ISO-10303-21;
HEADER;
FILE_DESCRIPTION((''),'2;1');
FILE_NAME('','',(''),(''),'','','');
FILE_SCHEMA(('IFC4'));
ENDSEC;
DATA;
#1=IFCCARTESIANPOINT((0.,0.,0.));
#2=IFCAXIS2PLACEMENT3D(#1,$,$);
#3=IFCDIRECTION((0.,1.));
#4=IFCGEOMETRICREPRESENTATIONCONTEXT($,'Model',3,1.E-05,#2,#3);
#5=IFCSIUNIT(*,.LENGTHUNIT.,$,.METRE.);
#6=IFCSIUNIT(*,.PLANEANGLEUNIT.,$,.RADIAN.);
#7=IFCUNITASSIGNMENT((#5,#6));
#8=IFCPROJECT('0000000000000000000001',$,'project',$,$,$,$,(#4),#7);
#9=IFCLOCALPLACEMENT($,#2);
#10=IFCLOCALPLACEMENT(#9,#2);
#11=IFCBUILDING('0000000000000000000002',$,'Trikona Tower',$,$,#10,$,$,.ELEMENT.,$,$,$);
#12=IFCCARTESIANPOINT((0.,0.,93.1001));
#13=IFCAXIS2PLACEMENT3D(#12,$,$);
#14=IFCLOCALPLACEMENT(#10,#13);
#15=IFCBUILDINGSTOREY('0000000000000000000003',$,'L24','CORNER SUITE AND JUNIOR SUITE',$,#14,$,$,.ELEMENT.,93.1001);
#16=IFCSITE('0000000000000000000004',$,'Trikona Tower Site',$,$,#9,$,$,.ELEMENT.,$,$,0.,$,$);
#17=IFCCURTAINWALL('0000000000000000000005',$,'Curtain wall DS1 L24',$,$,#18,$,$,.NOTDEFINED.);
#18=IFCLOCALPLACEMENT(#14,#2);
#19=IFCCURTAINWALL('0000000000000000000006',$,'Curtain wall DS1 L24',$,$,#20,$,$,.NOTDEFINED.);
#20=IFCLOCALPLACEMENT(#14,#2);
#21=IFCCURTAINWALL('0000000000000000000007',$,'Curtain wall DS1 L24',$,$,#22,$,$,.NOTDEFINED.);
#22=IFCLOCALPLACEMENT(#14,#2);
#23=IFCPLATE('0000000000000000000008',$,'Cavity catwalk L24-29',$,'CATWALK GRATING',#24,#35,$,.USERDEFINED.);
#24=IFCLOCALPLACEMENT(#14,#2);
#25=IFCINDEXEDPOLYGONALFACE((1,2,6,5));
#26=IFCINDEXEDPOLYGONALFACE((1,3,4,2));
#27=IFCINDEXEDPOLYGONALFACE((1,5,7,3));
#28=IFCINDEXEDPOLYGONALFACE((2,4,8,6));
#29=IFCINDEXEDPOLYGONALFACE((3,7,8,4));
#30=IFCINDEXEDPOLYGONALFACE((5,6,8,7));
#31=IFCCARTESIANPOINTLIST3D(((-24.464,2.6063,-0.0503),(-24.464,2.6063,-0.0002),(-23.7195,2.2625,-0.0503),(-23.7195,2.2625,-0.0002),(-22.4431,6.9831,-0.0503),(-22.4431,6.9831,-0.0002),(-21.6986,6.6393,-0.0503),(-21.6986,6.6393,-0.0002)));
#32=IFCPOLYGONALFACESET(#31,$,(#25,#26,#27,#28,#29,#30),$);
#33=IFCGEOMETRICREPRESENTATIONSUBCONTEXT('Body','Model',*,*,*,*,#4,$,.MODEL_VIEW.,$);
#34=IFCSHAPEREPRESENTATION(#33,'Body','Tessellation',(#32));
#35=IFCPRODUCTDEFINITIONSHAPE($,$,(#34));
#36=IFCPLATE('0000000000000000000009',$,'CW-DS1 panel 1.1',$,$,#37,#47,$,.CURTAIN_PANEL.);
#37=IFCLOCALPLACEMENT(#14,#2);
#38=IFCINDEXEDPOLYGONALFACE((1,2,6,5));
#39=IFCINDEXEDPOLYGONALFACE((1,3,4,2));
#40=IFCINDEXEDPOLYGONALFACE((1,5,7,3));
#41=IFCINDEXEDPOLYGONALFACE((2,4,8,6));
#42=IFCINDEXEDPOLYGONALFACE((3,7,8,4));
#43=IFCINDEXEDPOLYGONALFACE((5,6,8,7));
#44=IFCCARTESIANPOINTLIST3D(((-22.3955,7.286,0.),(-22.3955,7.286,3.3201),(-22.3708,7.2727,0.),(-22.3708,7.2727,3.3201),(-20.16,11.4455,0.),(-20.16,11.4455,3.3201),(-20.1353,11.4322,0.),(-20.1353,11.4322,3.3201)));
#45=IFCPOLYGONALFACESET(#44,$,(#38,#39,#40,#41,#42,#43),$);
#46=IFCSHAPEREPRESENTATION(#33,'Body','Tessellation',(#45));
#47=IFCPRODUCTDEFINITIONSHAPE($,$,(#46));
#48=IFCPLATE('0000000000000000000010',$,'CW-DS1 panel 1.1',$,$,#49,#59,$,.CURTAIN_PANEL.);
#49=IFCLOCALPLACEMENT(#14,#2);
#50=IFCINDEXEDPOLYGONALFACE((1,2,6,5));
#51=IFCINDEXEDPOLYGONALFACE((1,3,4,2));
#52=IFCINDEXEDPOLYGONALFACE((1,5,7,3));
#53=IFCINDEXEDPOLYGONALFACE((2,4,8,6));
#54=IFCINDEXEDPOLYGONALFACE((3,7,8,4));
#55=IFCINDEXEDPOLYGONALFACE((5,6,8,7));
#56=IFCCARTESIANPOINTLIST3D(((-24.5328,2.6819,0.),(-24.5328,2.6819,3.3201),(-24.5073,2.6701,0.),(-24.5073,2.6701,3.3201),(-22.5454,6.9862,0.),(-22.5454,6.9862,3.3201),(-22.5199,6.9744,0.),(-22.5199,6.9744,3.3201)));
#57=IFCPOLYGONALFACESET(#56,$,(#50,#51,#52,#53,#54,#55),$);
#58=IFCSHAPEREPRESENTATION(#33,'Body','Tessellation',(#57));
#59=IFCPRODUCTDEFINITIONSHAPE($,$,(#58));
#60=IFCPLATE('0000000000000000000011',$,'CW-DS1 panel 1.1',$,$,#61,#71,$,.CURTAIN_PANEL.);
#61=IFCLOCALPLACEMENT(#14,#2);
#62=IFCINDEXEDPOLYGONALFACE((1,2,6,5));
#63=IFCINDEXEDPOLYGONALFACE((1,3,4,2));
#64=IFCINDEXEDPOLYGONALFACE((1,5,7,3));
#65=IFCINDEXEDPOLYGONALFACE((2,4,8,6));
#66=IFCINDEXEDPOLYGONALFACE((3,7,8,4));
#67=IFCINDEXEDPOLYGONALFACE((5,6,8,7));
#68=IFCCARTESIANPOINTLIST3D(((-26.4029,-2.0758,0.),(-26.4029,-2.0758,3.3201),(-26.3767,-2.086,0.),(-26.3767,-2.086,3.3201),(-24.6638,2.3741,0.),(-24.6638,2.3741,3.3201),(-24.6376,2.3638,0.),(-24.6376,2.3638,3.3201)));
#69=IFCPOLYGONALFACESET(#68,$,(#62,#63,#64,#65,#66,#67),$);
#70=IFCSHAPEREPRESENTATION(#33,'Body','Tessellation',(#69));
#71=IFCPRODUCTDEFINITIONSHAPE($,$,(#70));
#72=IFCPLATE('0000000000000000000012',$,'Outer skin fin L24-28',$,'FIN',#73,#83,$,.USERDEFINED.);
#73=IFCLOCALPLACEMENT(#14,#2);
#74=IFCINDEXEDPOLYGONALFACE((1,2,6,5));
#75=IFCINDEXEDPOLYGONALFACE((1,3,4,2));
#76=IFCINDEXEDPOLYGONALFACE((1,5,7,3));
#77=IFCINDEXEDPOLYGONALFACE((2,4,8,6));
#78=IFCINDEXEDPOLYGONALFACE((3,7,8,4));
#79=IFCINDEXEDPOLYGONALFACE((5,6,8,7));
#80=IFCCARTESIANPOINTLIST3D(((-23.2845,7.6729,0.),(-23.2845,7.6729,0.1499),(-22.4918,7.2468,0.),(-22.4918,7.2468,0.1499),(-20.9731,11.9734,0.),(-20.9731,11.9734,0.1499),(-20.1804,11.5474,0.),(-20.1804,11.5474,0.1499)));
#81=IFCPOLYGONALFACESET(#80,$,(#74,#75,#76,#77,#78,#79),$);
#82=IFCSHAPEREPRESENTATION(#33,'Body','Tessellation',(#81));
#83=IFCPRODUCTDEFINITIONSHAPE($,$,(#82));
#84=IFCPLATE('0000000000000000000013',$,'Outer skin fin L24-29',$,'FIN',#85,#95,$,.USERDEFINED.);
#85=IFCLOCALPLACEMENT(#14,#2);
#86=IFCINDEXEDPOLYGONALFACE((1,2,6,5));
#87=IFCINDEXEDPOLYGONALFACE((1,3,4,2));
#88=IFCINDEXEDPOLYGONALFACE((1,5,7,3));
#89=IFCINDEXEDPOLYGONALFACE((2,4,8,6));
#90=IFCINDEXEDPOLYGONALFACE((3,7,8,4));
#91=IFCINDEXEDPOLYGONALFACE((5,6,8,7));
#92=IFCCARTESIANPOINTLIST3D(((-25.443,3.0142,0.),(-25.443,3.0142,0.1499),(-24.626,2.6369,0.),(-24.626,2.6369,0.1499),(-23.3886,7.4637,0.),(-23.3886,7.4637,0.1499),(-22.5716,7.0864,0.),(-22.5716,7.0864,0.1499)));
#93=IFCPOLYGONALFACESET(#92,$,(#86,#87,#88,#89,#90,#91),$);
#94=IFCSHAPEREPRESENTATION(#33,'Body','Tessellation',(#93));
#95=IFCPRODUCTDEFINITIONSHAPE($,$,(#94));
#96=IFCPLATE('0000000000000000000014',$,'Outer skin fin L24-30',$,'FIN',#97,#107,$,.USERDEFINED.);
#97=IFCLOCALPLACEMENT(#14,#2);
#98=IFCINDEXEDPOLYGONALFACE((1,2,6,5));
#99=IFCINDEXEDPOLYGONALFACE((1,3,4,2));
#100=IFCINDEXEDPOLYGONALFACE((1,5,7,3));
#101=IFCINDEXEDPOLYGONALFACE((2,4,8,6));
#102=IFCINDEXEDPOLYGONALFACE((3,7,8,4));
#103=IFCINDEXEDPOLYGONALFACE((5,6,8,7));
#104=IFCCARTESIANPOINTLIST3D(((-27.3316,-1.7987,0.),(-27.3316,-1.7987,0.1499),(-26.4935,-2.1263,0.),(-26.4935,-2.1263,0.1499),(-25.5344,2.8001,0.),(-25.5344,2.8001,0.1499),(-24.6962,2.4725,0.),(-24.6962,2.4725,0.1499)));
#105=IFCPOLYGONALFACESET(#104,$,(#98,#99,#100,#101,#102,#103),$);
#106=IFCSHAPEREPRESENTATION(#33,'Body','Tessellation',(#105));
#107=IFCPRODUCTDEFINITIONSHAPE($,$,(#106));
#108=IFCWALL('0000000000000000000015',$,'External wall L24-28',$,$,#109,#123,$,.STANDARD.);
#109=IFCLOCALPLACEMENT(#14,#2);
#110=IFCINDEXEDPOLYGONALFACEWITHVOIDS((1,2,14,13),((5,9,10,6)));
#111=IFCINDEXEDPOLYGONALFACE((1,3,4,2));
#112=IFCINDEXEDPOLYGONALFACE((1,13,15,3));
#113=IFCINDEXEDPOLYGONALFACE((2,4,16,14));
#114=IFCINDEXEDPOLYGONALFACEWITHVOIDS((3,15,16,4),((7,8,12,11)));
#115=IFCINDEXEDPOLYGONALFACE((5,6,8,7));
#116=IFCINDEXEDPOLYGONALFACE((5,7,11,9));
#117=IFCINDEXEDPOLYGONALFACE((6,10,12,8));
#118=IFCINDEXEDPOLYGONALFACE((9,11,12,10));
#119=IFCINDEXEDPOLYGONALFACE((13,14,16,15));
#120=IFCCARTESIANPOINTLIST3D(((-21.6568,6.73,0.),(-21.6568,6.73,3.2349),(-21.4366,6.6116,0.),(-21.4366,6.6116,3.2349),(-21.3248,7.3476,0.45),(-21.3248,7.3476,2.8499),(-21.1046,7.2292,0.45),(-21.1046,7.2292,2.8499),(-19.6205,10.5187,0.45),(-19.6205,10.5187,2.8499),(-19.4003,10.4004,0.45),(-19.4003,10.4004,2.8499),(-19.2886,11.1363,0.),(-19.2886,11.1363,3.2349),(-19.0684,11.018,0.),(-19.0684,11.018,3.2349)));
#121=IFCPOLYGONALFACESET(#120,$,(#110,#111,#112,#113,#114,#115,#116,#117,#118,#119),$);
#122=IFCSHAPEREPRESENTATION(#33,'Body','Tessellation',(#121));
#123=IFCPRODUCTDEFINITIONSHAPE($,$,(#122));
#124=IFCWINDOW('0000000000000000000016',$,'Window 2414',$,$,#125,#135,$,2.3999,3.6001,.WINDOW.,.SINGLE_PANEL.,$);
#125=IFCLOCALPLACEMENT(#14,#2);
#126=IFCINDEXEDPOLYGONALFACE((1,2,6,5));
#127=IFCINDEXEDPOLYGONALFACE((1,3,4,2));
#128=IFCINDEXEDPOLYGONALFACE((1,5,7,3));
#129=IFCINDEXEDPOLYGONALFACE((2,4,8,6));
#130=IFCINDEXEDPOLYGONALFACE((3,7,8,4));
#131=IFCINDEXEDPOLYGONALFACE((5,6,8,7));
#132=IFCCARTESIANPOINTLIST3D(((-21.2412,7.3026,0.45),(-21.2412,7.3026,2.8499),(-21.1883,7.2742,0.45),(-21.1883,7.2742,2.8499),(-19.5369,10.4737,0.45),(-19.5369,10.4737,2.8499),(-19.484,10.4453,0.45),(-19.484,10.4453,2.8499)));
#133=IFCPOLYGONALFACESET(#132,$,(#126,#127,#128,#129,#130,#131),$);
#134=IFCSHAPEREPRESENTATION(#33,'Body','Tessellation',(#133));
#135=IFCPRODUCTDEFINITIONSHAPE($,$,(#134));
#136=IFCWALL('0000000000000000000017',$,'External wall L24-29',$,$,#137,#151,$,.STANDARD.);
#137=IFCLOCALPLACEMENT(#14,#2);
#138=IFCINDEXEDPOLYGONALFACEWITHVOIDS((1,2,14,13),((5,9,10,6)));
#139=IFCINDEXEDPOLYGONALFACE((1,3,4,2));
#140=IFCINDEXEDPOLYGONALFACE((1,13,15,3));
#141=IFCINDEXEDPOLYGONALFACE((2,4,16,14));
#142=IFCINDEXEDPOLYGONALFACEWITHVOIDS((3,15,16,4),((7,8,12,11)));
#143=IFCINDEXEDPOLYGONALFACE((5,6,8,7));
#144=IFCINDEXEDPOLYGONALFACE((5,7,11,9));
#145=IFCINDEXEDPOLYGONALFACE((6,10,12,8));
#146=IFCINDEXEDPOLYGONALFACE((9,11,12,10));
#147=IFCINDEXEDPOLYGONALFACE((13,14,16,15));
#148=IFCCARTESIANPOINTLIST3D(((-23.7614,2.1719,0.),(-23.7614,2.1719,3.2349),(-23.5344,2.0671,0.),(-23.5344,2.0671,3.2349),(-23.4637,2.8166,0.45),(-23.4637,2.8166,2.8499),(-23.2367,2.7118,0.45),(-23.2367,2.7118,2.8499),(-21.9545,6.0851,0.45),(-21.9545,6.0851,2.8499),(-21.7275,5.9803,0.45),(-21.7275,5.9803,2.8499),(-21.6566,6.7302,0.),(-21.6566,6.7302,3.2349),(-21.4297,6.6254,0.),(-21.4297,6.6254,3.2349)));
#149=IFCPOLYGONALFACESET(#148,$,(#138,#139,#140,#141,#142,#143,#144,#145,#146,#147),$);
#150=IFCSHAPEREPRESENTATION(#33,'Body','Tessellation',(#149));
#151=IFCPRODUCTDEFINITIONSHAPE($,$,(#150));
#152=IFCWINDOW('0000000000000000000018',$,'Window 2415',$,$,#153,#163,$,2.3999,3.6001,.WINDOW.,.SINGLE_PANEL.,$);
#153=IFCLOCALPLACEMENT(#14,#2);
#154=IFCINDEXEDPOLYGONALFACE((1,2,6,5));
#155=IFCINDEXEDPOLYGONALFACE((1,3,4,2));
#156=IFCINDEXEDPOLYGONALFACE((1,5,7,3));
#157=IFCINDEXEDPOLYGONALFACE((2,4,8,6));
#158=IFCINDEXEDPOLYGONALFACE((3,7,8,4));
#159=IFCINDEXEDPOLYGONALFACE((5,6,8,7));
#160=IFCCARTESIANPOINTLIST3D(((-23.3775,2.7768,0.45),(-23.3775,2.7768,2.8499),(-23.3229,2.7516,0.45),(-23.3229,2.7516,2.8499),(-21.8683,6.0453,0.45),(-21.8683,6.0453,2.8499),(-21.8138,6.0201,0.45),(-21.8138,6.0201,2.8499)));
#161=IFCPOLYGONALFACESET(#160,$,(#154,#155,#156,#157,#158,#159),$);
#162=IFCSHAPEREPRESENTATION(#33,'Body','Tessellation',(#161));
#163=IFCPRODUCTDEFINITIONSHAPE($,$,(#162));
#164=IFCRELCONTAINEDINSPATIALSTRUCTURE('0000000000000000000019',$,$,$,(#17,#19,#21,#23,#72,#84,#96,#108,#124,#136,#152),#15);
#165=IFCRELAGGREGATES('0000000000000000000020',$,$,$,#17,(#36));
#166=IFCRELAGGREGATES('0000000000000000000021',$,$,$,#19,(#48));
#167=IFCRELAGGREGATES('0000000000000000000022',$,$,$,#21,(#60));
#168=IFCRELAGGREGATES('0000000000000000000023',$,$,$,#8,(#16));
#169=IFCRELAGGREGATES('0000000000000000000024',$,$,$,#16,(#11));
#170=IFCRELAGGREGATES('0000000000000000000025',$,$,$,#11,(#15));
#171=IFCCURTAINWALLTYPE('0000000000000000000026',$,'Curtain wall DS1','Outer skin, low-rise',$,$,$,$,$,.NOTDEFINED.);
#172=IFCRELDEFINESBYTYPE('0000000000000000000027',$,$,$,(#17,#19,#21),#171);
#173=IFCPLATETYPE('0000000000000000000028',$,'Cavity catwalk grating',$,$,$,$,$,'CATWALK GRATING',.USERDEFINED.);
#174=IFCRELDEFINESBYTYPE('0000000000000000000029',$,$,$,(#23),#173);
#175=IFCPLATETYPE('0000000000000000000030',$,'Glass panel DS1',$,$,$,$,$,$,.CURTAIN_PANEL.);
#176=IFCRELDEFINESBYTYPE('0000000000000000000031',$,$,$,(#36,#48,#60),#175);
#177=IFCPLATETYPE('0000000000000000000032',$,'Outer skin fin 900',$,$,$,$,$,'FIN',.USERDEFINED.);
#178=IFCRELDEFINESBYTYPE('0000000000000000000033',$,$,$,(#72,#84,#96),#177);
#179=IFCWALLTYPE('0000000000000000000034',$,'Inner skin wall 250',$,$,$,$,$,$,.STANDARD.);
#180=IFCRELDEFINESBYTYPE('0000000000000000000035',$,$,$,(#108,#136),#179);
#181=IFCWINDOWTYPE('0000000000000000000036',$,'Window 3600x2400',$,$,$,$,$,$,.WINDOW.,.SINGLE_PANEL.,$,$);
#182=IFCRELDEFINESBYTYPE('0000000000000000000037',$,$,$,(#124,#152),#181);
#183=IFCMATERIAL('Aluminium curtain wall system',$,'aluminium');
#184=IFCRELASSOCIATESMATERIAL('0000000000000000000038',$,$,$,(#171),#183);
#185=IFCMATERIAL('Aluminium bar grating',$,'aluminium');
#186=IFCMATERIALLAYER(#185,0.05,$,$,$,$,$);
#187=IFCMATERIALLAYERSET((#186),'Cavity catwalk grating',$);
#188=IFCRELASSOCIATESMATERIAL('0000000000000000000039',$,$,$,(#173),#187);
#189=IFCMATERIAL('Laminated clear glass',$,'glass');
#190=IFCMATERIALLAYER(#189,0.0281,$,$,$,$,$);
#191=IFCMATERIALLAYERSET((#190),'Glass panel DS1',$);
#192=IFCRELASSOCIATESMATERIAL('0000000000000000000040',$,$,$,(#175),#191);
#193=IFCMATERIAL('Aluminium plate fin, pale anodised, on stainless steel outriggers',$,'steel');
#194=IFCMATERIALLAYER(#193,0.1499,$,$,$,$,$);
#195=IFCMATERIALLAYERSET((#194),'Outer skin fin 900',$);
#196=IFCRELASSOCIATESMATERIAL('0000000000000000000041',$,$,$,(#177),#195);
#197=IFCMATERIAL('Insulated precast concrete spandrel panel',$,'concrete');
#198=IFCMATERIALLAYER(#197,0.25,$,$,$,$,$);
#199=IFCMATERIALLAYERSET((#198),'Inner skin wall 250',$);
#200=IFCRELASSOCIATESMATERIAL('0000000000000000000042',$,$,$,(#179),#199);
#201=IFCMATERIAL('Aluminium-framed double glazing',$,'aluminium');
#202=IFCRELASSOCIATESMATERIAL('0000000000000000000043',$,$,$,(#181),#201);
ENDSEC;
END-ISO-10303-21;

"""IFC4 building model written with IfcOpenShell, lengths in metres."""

from ifc_helpers import new_model, si_unit, direction, frame, frame_2d, origin, origin_2d, place, context, subcontext, project, spatial, rectangle, extrude, material, layer, layer_set, type_object, element, fill, aggregate, save


model = new_model("IFC4")

# Units and contexts
model_context = context("Model", 3, precision=1e-05, world=origin(), true_north=direction((0.0, 1.0)))
body_context = subcontext(model_context, "Body", "Model", "MODEL_VIEW")
ifc_project = project(units=[si_unit("LENGTHUNIT", "METRE"), si_unit("PLANEANGLEUNIT", "RADIAN")], contexts=[model_context])

# Site, building, storey
site_placement = place(None, origin())
site = spatial("IfcSite", under=ifc_project, at=site_placement, Name="Trikona Tower Site", CompositionType="ELEMENT", RefElevation=0.0)
building_placement = place(site_placement, origin())
building = spatial("IfcBuilding", under=site, at=building_placement, Name="Trikona Tower", CompositionType="ELEMENT")
storey_placement = place(building_placement, frame((0.0, 0.0, 93.1001)))
storey = spatial("IfcBuildingStorey", under=building, at=storey_placement, Name="L24", Description="CORNER SUITE AND JUNIOR SUITE", CompositionType="ELEMENT", Elevation=93.1001)

# Shared definitions
ifc_material_1 = material(Name="Aluminium curtain wall system", Category="aluminium")
curtain_wall_type = type_object("IfcCurtainWallType", Name="Curtain wall DS1", Description="Outer skin, low-rise", PredefinedType="NOTDEFINED", material=ifc_material_1)

# Curtain walls
curtain_wall_1_placement = place(storey_placement, origin())
curtain_wall_1 = element("IfcCurtainWall", 1, at=curtain_wall_1_placement, inside=storey, type_object=curtain_wall_type, Name="Curtain wall DS1 L24", PredefinedType="NOTDEFINED")
curtain_wall_2_placement = place(storey_placement, origin())
curtain_wall_2 = element("IfcCurtainWall", 2, at=curtain_wall_2_placement, inside=storey, type_object=curtain_wall_type, Name="Curtain wall DS1 L24", PredefinedType="NOTDEFINED")

# Curtain wall
curtain_wall_3_placement = place(storey_placement, origin())
curtain_wall_3 = element("IfcCurtainWall", 3, at=curtain_wall_3_placement, inside=storey, type_object=curtain_wall_type, Name="Curtain wall DS1 L24", PredefinedType="NOTDEFINED")

# Plate
ifc_material_2 = material(Name="Aluminium bar grating", Category="aluminium")
ifc_layer_1 = layer(ifc_material_2, 0.05)
ifc_layer_set_1 = layer_set([ifc_layer_1], Name="Cavity catwalk grating")
plate_type_1 = type_object("IfcPlateType", Name="Cavity catwalk grating", ElementType="CATWALK GRATING", PredefinedType="USERDEFINED", material=ifc_layer_set_1)
plate_1_placement = place(storey_placement, frame((-23.0813, 4.6228, -0.0503), z_axis=(0.0, 0.0, 1.0), x_axis=(-0.419194, -0.907897, 0.0)))
element("IfcPlate", 4, at=plate_1_placement, inside=storey, type_object=plate_type_1, Name="Cavity catwalk L24-29", ObjectType="CATWALK GRATING", PredefinedType="USERDEFINED", context=body_context, shape_type="SweptSolid", body=[
    extrude(rectangle(XDim=4.8208, YDim=0.8201, at=origin_2d()), origin(), (0.0, 0.0, 1.0), 0.05),
])

# Plates
ifc_material_3 = material(Name="Laminated clear glass", Category="glass")
ifc_layer_2 = layer(ifc_material_3, 0.0281)
ifc_layer_set_2 = layer_set([ifc_layer_2], Name="Glass panel DS1")
plate_type_2 = type_object("IfcPlateType", Name="Glass panel DS1", PredefinedType="CURTAIN_PANEL", material=ifc_layer_set_2)
plate_2_placement = place(storey_placement, frame((-21.2654, 9.3591, 0.0), z_axis=(0.0, 0.0, 1.0), x_axis=(-0.473408, -0.880843, 0.0)))
plate_2 = element("IfcPlate", 5, at=plate_2_placement, type_object=plate_type_2, Name="CW-DS1 panel 1.1", PredefinedType="CURTAIN_PANEL", context=body_context, shape_type="SweptSolid", body=[
    extrude(rectangle(XDim=4.7222, YDim=0.0281, at=origin_2d()), origin(), (0.0, 0.0, 1.0), 3.3201),
])
aggregate(curtain_wall_1, [plate_2])
plate_3_placement = place(storey_placement, frame((-23.5264, 4.8281, 0.0), z_axis=(0.0, 0.0, 1.0), x_axis=(-0.41919, -0.907898, 0.0)))
plate_3 = element("IfcPlate", 6, at=plate_3_placement, type_object=plate_type_2, Name="CW-DS1 panel 1.1", PredefinedType="CURTAIN_PANEL", context=body_context, shape_type="SweptSolid", body=[
    extrude(rectangle(XDim=4.741, YDim=0.0281, at=origin_2d()), origin(), (0.0, 0.0, 1.0), 3.3201),
])
aggregate(curtain_wall_2, [plate_3])
plate_4_placement = place(storey_placement, frame((-25.5203, 0.144, 0.0), z_axis=(0.0, 0.0, 1.0), x_axis=(-0.364008, -0.931396, 0.0)))
plate_4 = element("IfcPlate", 7, at=plate_4_placement, type_object=plate_type_2, Name="CW-DS1 panel 1.1", PredefinedType="CURTAIN_PANEL", context=body_context, shape_type="SweptSolid", body=[
    extrude(rectangle(XDim=4.7776, YDim=0.0281, at=origin_2d()), origin(), (0.0, 0.0, 1.0), 3.3201),
])
aggregate(curtain_wall_3, [plate_4])

# Plates
ifc_material_4 = material(Name="Aluminium plate fin, pale anodised, on stainless steel outriggers", Category="steel")
ifc_layer_3 = layer(ifc_material_4, 0.1499)
ifc_layer_set_3 = layer_set([ifc_layer_3], Name="Outer skin fin 900")
plate_type_3 = type_object("IfcPlateType", Name="Outer skin fin 900", ElementType="FIN", PredefinedType="USERDEFINED", material=ifc_layer_set_3)
plate_5_placement = place(storey_placement, frame((-21.7324, 9.6101, 0.0), z_axis=(0.0, 0.0, 1.0), x_axis=(-0.473423, -0.880835, 0.0)))
element("IfcPlate", 8, at=plate_5_placement, inside=storey, type_object=plate_type_3, Name="Outer skin fin L24-28", ObjectType="FIN", PredefinedType="USERDEFINED", context=body_context, shape_type="SweptSolid", body=[
    extrude(rectangle(XDim=4.8823, YDim=0.8999, at=origin_2d()), origin(), (0.0, 0.0, 1.0), 0.1499),
])
plate_6_placement = place(storey_placement, frame((-24.0073, 5.0503, 0.0), z_axis=(0.0, 0.0, 1.0), x_axis=(-0.419194, -0.907897, 0.0)))
element("IfcPlate", 9, at=plate_6_placement, inside=storey, type_object=plate_type_3, Name="Outer skin fin L24-29", ObjectType="FIN", PredefinedType="USERDEFINED", context=body_context, shape_type="SweptSolid", body=[
    extrude(rectangle(XDim=4.9009, YDim=0.8999, at=origin_2d()), origin(), (0.0, 0.0, 1.0), 0.1499),
])
plate_7_placement = place(storey_placement, frame((-26.0139, 0.3369, 0.0), z_axis=(0.0, 0.0, 1.0), x_axis=(-0.364009, -0.931395, 0.0)))
element("IfcPlate", 10, at=plate_7_placement, inside=storey, type_object=plate_type_3, Name="Outer skin fin L24-30", ObjectType="FIN", PredefinedType="USERDEFINED", context=body_context, shape_type="SweptSolid", body=[
    extrude(rectangle(XDim=4.9375, YDim=0.8999, at=origin_2d()), origin(), (0.0, 0.0, 1.0), 0.1499),
])

# Walls, openings, windows
ifc_material_5 = material(Name="Insulated precast concrete spandrel panel", Category="concrete")
ifc_layer_4 = layer(ifc_material_5, 0.25)
ifc_layer_set_4 = layer_set([ifc_layer_4], Name="Inner skin wall 250")
wall_type = type_object("IfcWallType", Name="Inner skin wall 250", PredefinedType="STANDARD", material=ifc_layer_set_4)
wall_1_placement = place(storey_placement, frame((-19.1785, 11.0771, 0.0), z_axis=(0.0, 0.0, 1.0), x_axis=(-0.473413, -0.880841, 0.0)))
wall_1 = element("IfcWall", 11, at=wall_1_placement, inside=storey, type_object=wall_type, Name="External wall L24-28", PredefinedType="STANDARD", context=body_context, shape_type="SweptSolid", body=[
    extrude(rectangle(XDim=5.0024, YDim=0.25, at=frame_2d((2.5012, 0.0))), origin(), (0.0, 0.0, 1.0), 3.2349),
])
opening_1_placement = place(wall_1_placement, frame((0.7012, 0.0, 0.45)))
opening_1 = element("IfcOpeningElement", 12, at=opening_1_placement, cuts=wall_1, PredefinedType="OPENING", context=body_context, shape_type="SweptSolid", body=[
    extrude(rectangle(XDim=3.6001, YDim=2.3999, at=frame_2d((1.8, 1.2))), frame((0.0, 0.135, 0.0), z_axis=(0.0, -1.0, 0.0), x_axis=(1.0, 0.0, 0.0)), (0.0, 0.0, 1.0), 0.27),
])
ifc_material_6 = material(Name="Aluminium-framed double glazing", Category="aluminium")
window_type = type_object("IfcWindowType", Name="Window 3600x2400", PartitioningType="SINGLE_PANEL", PredefinedType="WINDOW", material=ifc_material_6)
window_1_placement = place(opening_1_placement, origin())
window_1 = element("IfcWindow", 13, at=window_1_placement, inside=storey, type_object=window_type, Name="Window 2414", OverallHeight=2.3999, OverallWidth=3.6001, PartitioningType="SINGLE_PANEL", PredefinedType="WINDOW", context=body_context, shape_type="SweptSolid", body=[
    extrude(rectangle(XDim=3.6001, YDim=2.3999, at=frame_2d((1.8, 1.2))), frame((0.0, 0.03, 0.0), z_axis=(0.0, -1.0, 0.0), x_axis=(1.0, 0.0, 0.0)), (0.0, 0.0, 1.0), 0.0601),
])
fill(opening_1, window_1)
wall_2_placement = place(storey_placement, frame((-21.5432, 6.6777, 0.0), z_axis=(0.0, 0.0, 1.0), x_axis=(-0.419203, -0.907892, 0.0)))
wall_2 = element("IfcWall", 14, at=wall_2_placement, inside=storey, type_object=wall_type, Name="External wall L24-29", PredefinedType="STANDARD", context=body_context, shape_type="SweptSolid", body=[
    extrude(rectangle(XDim=5.0208, YDim=0.25, at=frame_2d((2.5103, 0.0))), origin(), (0.0, 0.0, 1.0), 3.2349),
])
opening_2_placement = place(wall_2_placement, frame((0.7104, 0.0, 0.45)))
opening_2 = element("IfcOpeningElement", 15, at=opening_2_placement, cuts=wall_2, PredefinedType="OPENING", context=body_context, shape_type="SweptSolid", body=[
    extrude(rectangle(XDim=3.6001, YDim=2.3999, at=frame_2d((1.8, 1.2))), frame((0.0, 0.135, 0.0), z_axis=(0.0, -1.0, 0.0), x_axis=(1.0, 0.0, 0.0)), (0.0, 0.0, 1.0), 0.27),
])
window_2_placement = place(opening_2_placement, origin())
window_2 = element("IfcWindow", 16, at=window_2_placement, inside=storey, type_object=window_type, Name="Window 2415", OverallHeight=2.3999, OverallWidth=3.6001, PartitioningType="SINGLE_PANEL", PredefinedType="WINDOW", context=body_context, shape_type="SweptSolid", body=[
    extrude(rectangle(XDim=3.6001, YDim=2.3999, at=frame_2d((1.8, 1.2))), frame((0.0, 0.03, 0.0), z_axis=(0.0, -1.0, 0.0), x_axis=(1.0, 0.0, 0.0)), (0.0, 0.0, 1.0), 0.0601),
])
fill(opening_2, window_2)

save(model, "model.ifc")
